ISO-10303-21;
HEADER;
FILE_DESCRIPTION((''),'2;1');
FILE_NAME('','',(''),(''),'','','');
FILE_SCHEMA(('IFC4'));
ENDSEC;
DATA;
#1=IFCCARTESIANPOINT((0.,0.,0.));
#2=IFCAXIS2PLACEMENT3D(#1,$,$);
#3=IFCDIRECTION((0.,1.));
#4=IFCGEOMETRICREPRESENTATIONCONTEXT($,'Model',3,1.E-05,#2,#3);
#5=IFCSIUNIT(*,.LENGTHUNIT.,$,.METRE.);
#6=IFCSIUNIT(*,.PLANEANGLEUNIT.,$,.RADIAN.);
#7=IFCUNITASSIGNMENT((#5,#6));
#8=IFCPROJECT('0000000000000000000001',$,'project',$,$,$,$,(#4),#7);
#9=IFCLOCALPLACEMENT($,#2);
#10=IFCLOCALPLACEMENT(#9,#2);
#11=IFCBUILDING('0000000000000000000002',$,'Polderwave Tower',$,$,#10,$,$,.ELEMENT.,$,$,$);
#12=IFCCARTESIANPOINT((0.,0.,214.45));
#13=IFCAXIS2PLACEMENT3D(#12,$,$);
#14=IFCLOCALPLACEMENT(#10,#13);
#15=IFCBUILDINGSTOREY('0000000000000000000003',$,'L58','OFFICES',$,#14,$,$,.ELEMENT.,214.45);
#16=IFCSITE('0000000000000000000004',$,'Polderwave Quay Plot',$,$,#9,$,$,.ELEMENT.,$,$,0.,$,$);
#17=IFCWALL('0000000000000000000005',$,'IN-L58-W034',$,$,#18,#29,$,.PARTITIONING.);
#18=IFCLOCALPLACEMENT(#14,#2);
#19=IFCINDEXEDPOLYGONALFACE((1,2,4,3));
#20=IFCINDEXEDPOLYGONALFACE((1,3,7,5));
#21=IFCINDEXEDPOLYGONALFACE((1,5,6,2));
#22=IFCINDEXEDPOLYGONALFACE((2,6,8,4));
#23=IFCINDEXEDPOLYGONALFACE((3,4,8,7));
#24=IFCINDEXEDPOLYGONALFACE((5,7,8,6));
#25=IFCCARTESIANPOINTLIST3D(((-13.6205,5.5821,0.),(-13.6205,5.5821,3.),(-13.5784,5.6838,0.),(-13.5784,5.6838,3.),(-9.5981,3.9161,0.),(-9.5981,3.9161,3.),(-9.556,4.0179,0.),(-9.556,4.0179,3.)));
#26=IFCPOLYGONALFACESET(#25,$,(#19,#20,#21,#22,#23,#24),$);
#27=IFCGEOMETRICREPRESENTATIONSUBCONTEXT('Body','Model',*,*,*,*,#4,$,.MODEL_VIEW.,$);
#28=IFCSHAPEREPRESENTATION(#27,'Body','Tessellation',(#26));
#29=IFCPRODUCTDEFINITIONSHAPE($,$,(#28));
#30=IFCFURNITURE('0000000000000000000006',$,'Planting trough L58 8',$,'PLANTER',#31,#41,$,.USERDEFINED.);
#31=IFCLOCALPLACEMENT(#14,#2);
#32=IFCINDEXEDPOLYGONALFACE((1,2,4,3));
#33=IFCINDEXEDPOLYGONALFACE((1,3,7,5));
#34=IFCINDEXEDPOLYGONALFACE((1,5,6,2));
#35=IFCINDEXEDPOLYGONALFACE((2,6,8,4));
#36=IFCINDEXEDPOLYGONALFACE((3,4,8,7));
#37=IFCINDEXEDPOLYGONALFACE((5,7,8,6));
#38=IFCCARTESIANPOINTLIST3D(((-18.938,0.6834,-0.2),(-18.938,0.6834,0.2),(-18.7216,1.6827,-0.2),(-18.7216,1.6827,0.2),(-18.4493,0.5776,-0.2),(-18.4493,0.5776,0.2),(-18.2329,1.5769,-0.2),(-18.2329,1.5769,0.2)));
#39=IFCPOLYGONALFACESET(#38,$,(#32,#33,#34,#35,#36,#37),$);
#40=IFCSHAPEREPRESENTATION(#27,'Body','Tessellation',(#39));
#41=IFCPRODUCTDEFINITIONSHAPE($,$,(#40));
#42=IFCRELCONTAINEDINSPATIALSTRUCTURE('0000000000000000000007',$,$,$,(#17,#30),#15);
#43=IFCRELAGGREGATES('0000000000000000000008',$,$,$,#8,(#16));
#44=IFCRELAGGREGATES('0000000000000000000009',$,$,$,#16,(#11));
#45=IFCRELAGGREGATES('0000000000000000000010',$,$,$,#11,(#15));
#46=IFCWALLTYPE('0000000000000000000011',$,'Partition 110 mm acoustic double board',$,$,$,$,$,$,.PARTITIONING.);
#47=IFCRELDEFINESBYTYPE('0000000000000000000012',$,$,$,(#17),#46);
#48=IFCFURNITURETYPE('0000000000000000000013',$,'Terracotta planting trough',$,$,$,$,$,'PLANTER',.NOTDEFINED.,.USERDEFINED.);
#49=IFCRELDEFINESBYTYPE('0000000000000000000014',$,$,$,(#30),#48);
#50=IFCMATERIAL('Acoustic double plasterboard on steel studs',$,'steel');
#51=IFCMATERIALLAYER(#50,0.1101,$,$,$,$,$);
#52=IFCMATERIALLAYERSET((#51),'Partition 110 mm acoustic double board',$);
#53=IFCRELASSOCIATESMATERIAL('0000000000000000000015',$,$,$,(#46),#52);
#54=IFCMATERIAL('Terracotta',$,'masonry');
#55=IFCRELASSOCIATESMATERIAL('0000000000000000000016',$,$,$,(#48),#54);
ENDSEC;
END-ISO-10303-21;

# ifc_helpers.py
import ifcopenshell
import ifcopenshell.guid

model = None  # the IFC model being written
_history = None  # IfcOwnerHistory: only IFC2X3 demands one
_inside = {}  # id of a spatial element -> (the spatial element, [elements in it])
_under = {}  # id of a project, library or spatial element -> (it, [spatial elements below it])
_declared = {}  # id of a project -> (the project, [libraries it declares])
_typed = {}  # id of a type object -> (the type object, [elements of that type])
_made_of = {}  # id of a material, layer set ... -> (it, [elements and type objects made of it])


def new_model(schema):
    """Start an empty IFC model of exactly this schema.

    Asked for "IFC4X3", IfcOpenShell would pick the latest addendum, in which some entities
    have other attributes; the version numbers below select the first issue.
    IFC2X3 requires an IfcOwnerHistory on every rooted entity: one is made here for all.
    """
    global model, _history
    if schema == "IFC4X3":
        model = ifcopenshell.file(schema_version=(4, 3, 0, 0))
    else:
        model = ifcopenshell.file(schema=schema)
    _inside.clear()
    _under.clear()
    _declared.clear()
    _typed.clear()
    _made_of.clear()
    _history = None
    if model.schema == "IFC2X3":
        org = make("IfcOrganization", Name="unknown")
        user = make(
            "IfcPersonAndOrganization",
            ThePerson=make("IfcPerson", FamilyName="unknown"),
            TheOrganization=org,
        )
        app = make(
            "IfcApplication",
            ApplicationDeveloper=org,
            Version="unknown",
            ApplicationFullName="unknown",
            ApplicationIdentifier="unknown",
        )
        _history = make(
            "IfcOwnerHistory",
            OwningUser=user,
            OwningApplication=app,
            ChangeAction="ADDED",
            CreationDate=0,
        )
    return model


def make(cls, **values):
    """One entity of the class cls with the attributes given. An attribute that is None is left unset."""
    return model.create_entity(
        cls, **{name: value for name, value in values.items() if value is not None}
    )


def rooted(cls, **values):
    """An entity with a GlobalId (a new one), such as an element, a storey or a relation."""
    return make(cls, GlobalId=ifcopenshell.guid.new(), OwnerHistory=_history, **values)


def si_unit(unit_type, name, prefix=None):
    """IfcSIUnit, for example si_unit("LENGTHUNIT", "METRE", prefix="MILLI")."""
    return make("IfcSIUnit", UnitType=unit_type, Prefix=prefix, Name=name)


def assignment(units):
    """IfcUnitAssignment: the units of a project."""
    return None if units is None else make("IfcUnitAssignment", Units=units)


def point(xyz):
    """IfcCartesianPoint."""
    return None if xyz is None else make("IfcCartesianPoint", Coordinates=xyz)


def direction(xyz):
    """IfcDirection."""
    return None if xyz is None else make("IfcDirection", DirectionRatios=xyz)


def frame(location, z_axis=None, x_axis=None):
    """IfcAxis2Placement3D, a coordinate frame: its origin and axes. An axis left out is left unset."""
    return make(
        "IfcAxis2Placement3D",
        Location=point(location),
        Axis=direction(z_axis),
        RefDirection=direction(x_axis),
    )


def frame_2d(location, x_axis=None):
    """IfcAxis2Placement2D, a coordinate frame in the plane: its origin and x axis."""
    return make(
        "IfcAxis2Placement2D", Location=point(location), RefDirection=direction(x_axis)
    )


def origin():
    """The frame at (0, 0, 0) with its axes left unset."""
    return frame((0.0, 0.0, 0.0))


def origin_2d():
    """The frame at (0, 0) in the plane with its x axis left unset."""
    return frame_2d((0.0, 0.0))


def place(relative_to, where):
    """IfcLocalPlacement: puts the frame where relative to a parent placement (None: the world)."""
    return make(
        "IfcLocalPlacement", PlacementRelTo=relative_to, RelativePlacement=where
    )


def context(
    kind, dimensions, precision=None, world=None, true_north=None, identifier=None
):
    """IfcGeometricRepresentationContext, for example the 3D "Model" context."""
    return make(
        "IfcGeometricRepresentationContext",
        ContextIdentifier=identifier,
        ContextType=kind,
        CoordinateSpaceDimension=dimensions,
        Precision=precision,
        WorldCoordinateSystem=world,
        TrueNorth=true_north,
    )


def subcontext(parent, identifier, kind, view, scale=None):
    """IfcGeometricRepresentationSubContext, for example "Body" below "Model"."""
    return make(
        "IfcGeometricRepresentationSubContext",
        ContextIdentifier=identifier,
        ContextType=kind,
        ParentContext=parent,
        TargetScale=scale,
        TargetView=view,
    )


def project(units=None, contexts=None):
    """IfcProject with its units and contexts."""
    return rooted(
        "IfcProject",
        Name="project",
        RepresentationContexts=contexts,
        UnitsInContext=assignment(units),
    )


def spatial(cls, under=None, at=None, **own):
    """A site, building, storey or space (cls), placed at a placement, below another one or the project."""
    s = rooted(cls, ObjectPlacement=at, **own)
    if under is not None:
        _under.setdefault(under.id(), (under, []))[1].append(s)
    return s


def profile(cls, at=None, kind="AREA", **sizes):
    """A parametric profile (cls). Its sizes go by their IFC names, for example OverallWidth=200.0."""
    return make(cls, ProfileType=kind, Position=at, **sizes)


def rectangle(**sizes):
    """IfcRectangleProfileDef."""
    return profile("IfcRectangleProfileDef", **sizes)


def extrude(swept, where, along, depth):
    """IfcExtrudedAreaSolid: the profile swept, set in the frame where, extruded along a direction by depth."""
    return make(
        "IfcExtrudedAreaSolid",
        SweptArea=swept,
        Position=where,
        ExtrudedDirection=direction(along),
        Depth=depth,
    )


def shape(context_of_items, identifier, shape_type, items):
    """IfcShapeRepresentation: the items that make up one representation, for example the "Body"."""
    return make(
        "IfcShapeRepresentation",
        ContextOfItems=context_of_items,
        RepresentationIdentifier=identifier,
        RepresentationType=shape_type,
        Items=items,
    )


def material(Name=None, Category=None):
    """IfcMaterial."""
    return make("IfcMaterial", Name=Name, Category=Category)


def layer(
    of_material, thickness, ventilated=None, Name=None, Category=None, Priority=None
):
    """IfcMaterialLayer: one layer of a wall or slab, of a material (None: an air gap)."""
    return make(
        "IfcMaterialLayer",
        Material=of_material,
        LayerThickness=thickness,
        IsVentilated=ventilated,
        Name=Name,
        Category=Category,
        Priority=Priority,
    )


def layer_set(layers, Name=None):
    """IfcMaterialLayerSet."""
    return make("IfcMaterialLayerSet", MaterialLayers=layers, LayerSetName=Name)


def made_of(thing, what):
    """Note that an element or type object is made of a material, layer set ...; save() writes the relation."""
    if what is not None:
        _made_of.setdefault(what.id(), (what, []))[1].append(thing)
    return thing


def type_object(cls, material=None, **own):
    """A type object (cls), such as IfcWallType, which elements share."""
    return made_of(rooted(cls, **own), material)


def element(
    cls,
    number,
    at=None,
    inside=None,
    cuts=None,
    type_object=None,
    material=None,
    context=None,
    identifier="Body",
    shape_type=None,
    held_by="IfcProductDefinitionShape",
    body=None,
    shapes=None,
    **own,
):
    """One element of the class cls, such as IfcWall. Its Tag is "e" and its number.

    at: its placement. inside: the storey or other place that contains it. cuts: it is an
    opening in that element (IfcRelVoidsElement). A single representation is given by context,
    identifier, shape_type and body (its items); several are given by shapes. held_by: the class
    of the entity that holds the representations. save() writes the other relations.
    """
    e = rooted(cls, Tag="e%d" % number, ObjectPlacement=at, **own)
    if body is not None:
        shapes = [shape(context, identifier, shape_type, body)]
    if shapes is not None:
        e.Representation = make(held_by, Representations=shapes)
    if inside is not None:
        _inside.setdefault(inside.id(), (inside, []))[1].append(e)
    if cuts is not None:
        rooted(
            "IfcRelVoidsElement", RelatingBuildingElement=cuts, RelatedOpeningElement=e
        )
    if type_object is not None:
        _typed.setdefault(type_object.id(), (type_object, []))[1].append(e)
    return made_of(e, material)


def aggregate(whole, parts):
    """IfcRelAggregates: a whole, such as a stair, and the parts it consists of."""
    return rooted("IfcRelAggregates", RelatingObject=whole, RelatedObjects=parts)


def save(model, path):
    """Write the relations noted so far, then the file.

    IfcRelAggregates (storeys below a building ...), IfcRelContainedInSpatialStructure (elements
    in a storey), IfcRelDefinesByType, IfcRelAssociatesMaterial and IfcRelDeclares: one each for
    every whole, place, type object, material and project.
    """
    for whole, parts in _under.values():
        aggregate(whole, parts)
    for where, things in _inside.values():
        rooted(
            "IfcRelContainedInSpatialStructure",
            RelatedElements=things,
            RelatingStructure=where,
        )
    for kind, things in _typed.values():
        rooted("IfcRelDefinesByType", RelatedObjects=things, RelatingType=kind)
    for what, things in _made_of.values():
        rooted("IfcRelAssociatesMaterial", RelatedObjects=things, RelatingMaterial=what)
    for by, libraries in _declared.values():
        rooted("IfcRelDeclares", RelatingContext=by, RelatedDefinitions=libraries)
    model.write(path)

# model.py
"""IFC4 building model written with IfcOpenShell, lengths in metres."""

from ifc_helpers import new_model, si_unit, direction, frame, frame_2d, origin, origin_2d, place, context, subcontext, project, spatial, rectangle, extrude, material, layer, layer_set, type_object, element, save


model = new_model("IFC4")

# Units and contexts
model_context = context("Model", 3, precision=1e-05, world=origin(), true_north=direction((0.0, 1.0)))
body_context = subcontext(model_context, "Body", "Model", "MODEL_VIEW")
ifc_project = project(units=[si_unit("LENGTHUNIT", "METRE"), si_unit("PLANEANGLEUNIT", "RADIAN")], contexts=[model_context])

# Site, building, storey
site_placement = place(None, origin())
site = spatial("IfcSite", under=ifc_project, at=site_placement, Name="Polderwave Quay Plot", CompositionType="ELEMENT", RefElevation=0.0)
building_placement = place(site_placement, origin())
building = spatial("IfcBuilding", under=site, at=building_placement, Name="Polderwave Tower", CompositionType="ELEMENT")
storey_placement = place(building_placement, frame((0.0, 0.0, 214.45)))
storey = spatial("IfcBuildingStorey", under=building, at=storey_placement, Name="L58", Description="OFFICES", CompositionType="ELEMENT", Elevation=214.45)

# Wall
ifc_material_1 = material(Name="Acoustic double plasterboard on steel studs", Category="steel")
ifc_layer_1 = layer(ifc_material_1, 0.1101)
ifc_layer_set_1 = layer_set([ifc_layer_1], Name="Partition 110 mm acoustic double board")
wall_type_1 = type_object("IfcWallType", Name="Partition 110 mm acoustic double board", PredefinedType="PARTITIONING", material=ifc_layer_set_1)
wall_1_placement = place(storey_placement, frame((-9.5771, 3.967, 0.0), z_axis=(0.0, 0.0, 1.0), x_axis=(-0.923891, 0.382656, 0.0)))
element("IfcWall", 1, at=wall_1_placement, inside=storey, type_object=wall_type_1, Name="IN-L58-W034", PredefinedType="PARTITIONING", context=body_context, shape_type="SweptSolid", body=[
    extrude(rectangle(XDim=4.3538, YDim=0.1101, at=frame_2d((2.1768, 0.0))), origin(), (0.0, 0.0, 1.0), 3.0),
])

# Furniture
ifc_material_2 = material(Name="Terracotta", Category="masonry")
furniture_type = type_object("IfcFurnitureType", Name="Terracotta planting trough", ElementType="PLANTER", AssemblyPlace="NOTDEFINED", PredefinedType="USERDEFINED", material=ifc_material_2)
furniture_placement = place(storey_placement, frame((-18.5854, 1.1301, -0.2), z_axis=(0.0, 0.0, 1.0), x_axis=(-0.21168, -0.977339, 0.0)))
element("IfcFurniture", 2, at=furniture_placement, inside=storey, type_object=furniture_type, Name="Planting trough L58 8", ObjectType="PLANTER", PredefinedType="USERDEFINED", context=body_context, shape_type="SweptSolid", body=[
    extrude(rectangle(XDim=1.0225, YDim=0.5, at=origin_2d()), origin(), (0.0, 0.0, 1.0), 0.3999),
])

save(model, "model.ifc")
